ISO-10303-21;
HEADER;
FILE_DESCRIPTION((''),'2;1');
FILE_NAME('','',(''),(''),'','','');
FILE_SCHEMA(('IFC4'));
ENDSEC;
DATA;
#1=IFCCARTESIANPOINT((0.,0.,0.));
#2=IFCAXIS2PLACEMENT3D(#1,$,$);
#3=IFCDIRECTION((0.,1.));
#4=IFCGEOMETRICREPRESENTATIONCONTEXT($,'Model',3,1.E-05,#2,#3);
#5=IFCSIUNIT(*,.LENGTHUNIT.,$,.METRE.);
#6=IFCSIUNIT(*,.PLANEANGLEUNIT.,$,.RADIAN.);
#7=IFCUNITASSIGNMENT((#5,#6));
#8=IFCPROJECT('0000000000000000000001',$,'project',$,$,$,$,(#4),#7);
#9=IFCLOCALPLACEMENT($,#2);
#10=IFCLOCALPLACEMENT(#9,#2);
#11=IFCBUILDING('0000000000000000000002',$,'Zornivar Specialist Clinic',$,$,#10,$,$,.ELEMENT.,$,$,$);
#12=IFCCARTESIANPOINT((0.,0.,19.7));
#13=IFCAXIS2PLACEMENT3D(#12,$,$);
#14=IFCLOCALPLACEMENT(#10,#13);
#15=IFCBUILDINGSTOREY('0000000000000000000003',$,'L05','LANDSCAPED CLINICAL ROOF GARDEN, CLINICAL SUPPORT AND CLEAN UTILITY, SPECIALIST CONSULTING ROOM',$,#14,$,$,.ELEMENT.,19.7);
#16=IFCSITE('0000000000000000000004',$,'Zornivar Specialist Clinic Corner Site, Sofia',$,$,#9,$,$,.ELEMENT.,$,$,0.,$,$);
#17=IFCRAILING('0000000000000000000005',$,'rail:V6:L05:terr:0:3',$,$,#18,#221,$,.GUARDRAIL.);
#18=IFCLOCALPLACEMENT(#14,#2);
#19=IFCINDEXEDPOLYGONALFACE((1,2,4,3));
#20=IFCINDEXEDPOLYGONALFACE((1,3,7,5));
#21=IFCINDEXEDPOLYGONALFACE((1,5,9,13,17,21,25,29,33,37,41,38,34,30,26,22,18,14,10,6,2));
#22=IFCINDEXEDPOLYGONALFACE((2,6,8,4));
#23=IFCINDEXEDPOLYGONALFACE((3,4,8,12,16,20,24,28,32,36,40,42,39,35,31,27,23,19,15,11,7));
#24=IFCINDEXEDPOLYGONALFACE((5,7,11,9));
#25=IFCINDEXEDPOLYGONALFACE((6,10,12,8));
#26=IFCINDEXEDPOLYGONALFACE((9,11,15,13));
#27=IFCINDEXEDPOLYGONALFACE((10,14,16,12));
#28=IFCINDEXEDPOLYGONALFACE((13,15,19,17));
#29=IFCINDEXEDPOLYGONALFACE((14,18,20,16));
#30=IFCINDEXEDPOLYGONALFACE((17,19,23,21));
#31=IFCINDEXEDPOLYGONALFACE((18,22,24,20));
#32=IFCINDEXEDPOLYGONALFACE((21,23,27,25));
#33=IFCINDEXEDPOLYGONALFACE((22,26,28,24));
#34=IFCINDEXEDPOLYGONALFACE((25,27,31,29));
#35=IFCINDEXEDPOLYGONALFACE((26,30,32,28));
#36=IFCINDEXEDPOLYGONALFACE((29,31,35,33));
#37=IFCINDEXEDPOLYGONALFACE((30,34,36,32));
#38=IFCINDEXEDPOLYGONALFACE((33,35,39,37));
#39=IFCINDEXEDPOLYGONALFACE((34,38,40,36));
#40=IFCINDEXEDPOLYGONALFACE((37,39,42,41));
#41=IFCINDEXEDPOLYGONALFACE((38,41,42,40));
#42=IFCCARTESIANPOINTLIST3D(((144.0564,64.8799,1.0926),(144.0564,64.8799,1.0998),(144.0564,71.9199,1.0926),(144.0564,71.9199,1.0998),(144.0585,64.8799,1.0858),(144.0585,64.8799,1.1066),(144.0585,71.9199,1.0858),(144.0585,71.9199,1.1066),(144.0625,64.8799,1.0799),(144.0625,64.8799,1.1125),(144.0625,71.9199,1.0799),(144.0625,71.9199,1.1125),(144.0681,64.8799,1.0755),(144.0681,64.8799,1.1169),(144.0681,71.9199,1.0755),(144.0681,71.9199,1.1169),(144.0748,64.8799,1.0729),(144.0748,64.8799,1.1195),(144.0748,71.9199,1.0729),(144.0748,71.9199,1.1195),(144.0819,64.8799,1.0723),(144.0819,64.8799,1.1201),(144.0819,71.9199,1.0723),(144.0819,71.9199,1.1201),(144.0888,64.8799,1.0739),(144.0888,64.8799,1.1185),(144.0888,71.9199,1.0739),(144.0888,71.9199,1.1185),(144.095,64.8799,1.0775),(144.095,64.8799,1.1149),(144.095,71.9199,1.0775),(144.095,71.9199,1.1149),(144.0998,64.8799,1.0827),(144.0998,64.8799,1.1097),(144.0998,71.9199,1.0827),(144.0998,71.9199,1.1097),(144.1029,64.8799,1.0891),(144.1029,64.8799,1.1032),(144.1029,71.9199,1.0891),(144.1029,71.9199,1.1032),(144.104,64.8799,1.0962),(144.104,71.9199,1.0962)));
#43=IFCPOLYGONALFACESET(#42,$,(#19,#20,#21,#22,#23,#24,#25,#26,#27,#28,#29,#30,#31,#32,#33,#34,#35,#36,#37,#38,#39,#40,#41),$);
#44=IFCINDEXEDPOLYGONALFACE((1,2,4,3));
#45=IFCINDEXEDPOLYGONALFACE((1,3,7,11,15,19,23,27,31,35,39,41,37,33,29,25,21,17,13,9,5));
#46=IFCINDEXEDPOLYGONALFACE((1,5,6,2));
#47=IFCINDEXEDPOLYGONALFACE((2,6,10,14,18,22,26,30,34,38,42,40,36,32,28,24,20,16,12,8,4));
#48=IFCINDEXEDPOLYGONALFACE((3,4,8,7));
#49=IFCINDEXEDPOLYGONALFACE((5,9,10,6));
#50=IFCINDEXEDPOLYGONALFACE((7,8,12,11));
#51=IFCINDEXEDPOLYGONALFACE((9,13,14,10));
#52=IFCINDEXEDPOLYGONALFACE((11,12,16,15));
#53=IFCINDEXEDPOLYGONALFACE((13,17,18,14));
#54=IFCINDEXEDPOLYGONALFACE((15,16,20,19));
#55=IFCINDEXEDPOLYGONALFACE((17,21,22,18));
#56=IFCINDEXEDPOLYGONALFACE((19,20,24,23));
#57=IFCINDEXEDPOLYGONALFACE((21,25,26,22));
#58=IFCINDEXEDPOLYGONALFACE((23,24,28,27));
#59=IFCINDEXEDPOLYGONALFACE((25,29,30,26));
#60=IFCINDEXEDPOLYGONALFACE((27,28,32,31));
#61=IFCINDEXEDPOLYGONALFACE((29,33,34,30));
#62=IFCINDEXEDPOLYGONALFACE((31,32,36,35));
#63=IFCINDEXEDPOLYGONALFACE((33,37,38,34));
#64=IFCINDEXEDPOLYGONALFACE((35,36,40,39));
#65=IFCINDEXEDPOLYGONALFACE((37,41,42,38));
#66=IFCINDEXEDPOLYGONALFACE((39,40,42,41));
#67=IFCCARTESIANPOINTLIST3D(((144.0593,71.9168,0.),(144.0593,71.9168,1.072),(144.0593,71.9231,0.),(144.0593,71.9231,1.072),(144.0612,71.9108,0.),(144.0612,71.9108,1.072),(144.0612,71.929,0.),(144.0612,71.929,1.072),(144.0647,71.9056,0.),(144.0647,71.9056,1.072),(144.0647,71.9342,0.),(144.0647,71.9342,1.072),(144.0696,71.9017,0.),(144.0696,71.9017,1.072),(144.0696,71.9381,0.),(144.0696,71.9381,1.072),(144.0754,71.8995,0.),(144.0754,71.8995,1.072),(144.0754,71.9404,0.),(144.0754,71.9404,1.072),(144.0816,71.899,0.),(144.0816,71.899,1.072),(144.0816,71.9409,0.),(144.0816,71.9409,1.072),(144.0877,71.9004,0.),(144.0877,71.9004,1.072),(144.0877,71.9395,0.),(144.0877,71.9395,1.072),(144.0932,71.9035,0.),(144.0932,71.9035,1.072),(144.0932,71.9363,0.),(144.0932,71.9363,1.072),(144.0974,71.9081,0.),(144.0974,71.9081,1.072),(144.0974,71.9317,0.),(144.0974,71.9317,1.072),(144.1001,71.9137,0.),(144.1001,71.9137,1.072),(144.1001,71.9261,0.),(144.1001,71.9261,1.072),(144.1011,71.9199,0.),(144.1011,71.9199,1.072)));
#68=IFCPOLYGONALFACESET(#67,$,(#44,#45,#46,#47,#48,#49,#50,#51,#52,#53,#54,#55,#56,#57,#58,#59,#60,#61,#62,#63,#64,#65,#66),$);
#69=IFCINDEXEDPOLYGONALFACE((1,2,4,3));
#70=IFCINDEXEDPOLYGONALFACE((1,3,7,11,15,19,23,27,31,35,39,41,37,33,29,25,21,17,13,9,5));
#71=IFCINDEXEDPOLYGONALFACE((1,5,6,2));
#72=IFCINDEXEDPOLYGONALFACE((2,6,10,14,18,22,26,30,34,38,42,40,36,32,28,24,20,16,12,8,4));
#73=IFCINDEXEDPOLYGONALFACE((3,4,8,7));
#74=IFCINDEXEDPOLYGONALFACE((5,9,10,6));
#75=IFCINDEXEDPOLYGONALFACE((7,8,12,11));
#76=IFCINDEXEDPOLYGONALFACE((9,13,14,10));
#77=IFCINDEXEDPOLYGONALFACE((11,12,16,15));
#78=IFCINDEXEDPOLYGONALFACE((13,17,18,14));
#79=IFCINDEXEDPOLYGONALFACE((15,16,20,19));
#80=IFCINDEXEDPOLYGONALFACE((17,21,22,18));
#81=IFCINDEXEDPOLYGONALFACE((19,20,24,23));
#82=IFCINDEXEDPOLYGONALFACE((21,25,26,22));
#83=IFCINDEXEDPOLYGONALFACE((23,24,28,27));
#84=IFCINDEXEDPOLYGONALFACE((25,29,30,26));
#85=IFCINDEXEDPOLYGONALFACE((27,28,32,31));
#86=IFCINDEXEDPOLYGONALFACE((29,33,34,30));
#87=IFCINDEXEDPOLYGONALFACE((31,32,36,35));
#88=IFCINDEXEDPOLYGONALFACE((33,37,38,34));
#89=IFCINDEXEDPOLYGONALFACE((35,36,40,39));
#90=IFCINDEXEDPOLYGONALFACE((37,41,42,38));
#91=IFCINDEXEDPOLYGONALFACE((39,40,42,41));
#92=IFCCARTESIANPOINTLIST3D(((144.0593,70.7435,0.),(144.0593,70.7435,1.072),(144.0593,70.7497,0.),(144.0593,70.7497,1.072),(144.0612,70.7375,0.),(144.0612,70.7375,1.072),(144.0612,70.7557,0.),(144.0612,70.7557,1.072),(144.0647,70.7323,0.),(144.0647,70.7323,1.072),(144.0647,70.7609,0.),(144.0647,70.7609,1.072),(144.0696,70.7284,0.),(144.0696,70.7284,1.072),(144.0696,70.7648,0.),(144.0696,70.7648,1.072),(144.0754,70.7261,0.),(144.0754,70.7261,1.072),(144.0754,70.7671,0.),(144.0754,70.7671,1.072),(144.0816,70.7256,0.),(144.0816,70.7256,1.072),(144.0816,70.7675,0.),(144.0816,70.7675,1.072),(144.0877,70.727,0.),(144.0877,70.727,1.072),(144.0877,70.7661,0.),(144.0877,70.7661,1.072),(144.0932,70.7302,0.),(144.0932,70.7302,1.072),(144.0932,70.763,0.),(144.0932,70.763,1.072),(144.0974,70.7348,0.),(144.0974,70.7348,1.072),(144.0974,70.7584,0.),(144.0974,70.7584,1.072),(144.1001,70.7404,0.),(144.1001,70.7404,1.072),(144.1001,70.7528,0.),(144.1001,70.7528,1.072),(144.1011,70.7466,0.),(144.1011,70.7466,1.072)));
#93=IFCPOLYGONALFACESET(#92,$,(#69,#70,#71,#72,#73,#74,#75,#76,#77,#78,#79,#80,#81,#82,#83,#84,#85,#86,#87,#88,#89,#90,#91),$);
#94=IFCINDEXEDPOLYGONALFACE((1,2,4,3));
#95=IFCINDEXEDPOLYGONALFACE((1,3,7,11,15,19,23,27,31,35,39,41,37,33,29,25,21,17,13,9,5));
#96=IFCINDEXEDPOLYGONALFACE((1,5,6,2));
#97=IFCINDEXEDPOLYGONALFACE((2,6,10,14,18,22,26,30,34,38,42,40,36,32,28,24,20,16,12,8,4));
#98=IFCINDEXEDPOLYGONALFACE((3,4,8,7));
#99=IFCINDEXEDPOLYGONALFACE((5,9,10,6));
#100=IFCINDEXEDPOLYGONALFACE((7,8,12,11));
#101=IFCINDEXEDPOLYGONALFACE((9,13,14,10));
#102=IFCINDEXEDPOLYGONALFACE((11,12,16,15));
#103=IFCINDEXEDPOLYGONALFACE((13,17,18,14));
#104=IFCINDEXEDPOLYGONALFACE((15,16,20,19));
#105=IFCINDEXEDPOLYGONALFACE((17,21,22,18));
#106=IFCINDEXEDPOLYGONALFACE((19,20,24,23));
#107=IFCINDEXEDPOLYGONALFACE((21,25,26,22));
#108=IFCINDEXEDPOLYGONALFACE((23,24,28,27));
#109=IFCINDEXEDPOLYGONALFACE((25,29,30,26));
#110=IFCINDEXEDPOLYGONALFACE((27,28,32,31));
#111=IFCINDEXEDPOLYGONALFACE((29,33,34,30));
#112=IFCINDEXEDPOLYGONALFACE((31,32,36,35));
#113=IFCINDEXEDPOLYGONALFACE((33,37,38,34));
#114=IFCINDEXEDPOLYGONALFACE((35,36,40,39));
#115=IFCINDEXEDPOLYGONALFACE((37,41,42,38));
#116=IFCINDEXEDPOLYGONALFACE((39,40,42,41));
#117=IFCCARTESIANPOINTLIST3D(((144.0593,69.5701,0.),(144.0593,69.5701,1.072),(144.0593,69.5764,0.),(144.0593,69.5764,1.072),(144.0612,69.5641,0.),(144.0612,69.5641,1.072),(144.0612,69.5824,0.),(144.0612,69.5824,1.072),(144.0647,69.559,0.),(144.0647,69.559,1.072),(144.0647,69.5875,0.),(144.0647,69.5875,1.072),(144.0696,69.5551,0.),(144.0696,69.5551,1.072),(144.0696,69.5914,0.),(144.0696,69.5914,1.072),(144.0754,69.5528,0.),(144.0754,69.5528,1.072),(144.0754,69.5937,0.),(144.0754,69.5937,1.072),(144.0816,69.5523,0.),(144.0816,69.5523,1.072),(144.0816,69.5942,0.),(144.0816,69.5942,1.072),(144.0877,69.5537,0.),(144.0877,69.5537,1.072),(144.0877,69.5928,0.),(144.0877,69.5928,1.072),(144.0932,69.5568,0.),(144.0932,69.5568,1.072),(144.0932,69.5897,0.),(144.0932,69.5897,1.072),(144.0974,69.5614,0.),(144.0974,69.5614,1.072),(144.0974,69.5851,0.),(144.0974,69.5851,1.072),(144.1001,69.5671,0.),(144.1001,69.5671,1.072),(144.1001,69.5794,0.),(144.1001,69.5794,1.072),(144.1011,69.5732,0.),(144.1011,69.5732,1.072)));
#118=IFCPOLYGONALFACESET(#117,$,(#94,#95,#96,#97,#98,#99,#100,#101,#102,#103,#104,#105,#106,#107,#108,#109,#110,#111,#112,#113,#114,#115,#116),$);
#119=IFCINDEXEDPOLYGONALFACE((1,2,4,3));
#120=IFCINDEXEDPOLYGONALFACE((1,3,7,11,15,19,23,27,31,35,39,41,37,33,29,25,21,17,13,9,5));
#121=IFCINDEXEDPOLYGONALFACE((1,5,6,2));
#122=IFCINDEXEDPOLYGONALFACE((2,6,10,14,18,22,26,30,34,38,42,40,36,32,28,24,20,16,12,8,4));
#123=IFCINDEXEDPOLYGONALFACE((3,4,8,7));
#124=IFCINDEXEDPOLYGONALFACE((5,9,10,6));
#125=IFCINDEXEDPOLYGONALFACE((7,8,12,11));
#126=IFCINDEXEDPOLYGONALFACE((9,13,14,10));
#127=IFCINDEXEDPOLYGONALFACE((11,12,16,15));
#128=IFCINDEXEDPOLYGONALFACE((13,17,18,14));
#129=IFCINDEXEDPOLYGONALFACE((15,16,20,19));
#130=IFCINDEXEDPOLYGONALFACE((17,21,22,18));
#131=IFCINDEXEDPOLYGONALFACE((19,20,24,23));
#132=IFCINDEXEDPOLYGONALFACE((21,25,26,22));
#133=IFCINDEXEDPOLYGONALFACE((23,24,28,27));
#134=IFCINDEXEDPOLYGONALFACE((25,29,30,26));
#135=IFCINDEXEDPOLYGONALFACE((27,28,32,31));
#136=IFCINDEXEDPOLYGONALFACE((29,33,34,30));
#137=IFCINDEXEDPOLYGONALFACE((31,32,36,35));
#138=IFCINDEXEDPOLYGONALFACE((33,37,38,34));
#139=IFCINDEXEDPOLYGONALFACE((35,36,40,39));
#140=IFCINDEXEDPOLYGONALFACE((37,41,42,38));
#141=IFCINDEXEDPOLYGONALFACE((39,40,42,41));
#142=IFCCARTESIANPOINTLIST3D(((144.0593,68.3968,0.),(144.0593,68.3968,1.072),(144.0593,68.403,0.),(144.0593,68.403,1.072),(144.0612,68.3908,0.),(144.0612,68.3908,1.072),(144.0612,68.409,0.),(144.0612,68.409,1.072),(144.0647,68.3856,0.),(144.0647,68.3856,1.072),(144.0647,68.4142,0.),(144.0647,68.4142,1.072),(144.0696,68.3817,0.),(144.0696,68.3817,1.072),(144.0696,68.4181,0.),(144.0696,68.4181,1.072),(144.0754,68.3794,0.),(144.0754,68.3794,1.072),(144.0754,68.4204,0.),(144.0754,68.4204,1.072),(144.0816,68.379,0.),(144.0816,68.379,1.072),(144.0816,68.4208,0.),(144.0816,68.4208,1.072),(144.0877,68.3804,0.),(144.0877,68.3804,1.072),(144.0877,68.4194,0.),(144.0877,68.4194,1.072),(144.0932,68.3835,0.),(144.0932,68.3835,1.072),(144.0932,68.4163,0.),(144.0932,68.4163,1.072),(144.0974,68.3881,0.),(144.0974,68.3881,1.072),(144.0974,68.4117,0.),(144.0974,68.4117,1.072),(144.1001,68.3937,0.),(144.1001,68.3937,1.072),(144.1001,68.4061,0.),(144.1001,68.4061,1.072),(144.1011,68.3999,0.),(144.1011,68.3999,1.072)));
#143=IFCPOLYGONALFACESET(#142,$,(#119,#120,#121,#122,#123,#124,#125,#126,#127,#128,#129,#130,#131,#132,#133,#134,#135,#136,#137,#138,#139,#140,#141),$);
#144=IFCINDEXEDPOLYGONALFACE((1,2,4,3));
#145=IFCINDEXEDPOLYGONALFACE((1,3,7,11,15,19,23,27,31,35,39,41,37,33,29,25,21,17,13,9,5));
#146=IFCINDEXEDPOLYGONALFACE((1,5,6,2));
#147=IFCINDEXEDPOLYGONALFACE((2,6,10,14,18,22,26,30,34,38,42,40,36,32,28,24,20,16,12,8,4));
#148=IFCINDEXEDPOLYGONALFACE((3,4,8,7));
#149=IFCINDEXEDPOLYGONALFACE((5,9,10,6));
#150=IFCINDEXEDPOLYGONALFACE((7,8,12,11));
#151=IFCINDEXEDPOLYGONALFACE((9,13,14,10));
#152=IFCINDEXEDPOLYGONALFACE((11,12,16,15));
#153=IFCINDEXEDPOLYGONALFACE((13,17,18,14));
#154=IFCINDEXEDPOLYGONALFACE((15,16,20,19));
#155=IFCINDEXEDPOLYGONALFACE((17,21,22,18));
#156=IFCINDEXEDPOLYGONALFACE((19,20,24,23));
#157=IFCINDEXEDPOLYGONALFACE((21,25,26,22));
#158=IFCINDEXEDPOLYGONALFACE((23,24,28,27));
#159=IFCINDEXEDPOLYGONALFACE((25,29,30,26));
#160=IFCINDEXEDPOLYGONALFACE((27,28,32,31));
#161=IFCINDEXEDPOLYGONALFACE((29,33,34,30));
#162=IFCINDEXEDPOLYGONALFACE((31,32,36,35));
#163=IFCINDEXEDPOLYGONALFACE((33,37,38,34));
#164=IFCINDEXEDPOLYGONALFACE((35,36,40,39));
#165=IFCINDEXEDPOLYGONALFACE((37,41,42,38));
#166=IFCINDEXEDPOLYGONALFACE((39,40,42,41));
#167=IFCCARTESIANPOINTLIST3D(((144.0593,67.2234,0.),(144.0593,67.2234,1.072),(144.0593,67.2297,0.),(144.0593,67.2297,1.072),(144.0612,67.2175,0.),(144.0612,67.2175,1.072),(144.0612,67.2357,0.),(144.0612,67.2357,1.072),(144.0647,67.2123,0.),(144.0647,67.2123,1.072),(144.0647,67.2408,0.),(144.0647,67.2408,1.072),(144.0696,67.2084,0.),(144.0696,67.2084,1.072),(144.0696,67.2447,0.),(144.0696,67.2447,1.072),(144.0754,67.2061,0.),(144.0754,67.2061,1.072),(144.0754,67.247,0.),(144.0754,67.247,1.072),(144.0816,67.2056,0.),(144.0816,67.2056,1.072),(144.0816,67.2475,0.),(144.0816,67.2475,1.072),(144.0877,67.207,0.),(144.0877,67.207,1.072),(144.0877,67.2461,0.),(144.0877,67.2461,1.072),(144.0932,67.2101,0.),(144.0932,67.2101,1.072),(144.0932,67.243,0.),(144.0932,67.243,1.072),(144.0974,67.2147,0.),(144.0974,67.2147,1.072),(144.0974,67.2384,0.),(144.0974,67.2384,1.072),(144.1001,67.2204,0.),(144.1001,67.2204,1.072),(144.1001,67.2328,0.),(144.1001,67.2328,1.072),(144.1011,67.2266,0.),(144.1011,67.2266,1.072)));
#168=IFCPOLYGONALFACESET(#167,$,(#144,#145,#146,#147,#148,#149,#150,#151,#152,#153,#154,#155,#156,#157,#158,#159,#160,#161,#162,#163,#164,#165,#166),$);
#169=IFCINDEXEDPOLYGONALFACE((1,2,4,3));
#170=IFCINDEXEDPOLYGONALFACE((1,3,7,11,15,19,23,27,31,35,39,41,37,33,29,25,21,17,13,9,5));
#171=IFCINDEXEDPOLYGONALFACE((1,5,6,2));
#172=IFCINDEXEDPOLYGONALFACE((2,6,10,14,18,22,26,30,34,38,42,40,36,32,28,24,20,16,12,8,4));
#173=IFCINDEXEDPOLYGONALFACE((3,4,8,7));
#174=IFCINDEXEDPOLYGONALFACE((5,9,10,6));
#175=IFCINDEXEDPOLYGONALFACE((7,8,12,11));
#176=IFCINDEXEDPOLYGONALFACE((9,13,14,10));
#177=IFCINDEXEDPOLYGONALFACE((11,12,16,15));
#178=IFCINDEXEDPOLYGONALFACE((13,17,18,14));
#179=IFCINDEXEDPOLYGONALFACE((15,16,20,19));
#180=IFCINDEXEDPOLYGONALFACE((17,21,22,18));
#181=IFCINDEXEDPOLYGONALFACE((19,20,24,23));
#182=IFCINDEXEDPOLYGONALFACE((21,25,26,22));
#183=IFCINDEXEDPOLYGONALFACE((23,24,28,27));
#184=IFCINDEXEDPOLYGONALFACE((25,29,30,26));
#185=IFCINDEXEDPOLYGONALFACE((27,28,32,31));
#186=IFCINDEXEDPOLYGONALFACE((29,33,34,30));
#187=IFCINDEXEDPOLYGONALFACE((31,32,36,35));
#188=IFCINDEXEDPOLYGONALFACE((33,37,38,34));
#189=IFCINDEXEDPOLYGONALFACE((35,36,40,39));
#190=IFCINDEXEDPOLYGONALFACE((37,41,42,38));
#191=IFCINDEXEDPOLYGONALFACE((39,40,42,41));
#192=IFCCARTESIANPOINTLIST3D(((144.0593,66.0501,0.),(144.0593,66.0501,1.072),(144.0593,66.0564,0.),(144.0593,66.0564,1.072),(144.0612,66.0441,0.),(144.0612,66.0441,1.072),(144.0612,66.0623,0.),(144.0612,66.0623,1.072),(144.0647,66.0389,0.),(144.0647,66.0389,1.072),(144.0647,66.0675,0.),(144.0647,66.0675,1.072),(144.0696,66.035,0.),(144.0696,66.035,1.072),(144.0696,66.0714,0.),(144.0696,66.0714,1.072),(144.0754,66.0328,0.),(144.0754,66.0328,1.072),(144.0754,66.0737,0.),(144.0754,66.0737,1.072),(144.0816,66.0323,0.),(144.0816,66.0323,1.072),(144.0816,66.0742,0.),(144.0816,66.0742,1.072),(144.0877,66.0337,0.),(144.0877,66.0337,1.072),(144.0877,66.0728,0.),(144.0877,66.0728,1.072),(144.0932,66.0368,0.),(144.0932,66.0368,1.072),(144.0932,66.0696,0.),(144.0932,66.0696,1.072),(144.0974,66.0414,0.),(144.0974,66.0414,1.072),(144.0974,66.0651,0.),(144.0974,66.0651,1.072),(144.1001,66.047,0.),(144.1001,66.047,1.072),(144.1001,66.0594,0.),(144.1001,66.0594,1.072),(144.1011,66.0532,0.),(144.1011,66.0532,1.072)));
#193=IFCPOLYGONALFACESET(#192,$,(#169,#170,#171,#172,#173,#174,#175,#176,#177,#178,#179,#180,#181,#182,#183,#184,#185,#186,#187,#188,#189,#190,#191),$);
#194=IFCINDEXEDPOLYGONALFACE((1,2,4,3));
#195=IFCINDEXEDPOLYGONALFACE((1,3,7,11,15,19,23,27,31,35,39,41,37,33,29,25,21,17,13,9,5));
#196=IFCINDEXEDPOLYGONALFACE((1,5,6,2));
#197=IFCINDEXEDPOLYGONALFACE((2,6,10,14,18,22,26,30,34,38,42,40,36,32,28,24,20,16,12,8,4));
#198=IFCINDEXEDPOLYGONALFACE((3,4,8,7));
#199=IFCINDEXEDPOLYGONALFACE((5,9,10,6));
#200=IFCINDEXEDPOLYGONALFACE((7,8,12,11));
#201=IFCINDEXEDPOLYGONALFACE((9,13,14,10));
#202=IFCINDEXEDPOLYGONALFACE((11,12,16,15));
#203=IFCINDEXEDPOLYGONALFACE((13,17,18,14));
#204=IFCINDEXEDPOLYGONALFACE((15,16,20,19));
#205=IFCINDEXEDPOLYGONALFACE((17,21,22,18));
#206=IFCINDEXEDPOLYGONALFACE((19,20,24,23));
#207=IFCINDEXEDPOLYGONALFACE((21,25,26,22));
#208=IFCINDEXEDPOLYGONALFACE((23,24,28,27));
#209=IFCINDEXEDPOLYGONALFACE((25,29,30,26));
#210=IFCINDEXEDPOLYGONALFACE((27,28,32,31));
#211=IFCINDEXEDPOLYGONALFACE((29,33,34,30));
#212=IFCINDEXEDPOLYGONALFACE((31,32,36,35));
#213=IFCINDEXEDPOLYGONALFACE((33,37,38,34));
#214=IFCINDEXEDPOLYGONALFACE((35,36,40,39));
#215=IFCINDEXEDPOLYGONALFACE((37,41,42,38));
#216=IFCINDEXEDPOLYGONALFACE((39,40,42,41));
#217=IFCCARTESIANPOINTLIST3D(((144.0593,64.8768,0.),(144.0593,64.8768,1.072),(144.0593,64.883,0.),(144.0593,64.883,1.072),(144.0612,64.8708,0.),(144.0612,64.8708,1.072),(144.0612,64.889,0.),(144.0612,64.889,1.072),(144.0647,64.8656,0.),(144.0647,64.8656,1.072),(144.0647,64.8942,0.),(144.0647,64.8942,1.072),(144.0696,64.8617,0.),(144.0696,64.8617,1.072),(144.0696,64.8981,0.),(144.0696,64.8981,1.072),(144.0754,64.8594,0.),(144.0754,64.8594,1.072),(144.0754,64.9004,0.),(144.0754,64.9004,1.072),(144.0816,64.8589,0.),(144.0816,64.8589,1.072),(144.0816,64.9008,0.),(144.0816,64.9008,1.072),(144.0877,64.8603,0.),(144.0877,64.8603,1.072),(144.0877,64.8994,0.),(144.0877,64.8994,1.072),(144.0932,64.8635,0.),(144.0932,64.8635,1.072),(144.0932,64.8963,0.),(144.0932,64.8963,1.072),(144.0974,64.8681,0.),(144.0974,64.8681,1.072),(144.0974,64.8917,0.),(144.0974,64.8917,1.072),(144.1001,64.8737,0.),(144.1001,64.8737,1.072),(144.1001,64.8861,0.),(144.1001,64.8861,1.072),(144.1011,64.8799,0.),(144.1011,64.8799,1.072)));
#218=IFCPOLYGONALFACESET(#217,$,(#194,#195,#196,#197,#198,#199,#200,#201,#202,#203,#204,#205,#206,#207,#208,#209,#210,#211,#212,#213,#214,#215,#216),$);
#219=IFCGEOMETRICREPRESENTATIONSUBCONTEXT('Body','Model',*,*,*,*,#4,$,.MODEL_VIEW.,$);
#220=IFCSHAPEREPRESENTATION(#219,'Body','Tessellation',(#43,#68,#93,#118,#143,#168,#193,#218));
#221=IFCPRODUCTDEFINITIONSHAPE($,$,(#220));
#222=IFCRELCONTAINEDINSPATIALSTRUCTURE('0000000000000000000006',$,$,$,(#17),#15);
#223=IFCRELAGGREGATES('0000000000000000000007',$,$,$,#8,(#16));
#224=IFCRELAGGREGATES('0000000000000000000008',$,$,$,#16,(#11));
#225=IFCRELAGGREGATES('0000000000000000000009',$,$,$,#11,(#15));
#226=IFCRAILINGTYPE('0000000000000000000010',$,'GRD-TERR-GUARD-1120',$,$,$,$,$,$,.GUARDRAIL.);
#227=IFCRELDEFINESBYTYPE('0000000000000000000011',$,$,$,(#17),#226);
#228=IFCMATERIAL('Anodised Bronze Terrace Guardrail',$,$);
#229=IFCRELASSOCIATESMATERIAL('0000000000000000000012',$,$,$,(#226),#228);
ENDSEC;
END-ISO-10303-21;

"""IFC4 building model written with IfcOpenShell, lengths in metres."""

from ifc_helpers import new_model, si_unit, direction, frame, origin, origin_2d, place, context, subcontext, project, spatial, circle, extrude, material, type_object, element, save


model = new_model("IFC4")

# Units and contexts
model_context = context("Model", 3, precision=1e-05, world=origin(), true_north=direction((0.0, 1.0)))
body_context = subcontext(model_context, "Body", "Model", "MODEL_VIEW")
ifc_project = project(units=[si_unit("LENGTHUNIT", "METRE"), si_unit("PLANEANGLEUNIT", "RADIAN")], contexts=[model_context])

# Site, building, storey
site_placement = place(None, origin())
site = spatial("IfcSite", under=ifc_project, at=site_placement, Name="Zornivar Specialist Clinic Corner Site, Sofia", CompositionType="ELEMENT", RefElevation=0.0)
building_placement = place(site_placement, origin())
building = spatial("IfcBuilding", under=site, at=building_placement, Name="Zornivar Specialist Clinic", CompositionType="ELEMENT")
storey_placement = place(building_placement, frame((0.0, 0.0, 19.7)))
storey = spatial("IfcBuildingStorey", under=building, at=storey_placement, Name="L05", Description="LANDSCAPED CLINICAL ROOF GARDEN, CLINICAL SUPPORT AND CLEAN UTILITY, SPECIALIST CONSULTING ROOM", CompositionType="ELEMENT", Elevation=19.7)

# Railing
ifc_material_1 = material(Name="Anodised Bronze Terrace Guardrail")
railing_type_1 = type_object("IfcRailingType", Name="GRD-TERR-GUARD-1120", PredefinedType="GUARDRAIL", material=ifc_material_1)
railing_1_placement = place(storey_placement, frame((144.0801, 71.9199, 0.0)))
element("IfcRailing", 1, at=railing_1_placement, inside=storey, type_object=railing_type_1, Name="rail:V6:L05:terr:0:3", PredefinedType="GUARDRAIL", context=body_context, shape_type="SweptSolid", body=[
    extrude(circle(Radius=0.0239, at=origin_2d()), frame((0.0, 0.0, 1.0962), z_axis=(0.0, -1.0, 0.0), x_axis=(1.0, 0.0, 0.0)), (0.0, 0.0, 1.0), 7.04),
    extrude(circle(Radius=0.021, at=origin_2d()), origin(), (0.0, 0.0, 1.0), 1.072),
    extrude(circle(Radius=0.021, at=origin_2d()), frame((0.0, -1.1733, 0.0)), (0.0, 0.0, 1.0), 1.072),
    extrude(circle(Radius=0.021, at=origin_2d()), frame((0.0, -2.3467, 0.0)), (0.0, 0.0, 1.0), 1.072),
    extrude(circle(Radius=0.021, at=origin_2d()), frame((0.0, -3.52, 0.0)), (0.0, 0.0, 1.0), 1.072),
    extrude(circle(Radius=0.021, at=origin_2d()), frame((0.0, -4.6934, 0.0)), (0.0, 0.0, 1.0), 1.072),
    extrude(circle(Radius=0.021, at=origin_2d()), frame((0.0, -5.8667, 0.0)), (0.0, 0.0, 1.0), 1.072),
    extrude(circle(Radius=0.021, at=origin_2d()), frame((0.0, -7.04, 0.0)), (0.0, 0.0, 1.0), 1.072),
])

save(model, "model.ifc")
